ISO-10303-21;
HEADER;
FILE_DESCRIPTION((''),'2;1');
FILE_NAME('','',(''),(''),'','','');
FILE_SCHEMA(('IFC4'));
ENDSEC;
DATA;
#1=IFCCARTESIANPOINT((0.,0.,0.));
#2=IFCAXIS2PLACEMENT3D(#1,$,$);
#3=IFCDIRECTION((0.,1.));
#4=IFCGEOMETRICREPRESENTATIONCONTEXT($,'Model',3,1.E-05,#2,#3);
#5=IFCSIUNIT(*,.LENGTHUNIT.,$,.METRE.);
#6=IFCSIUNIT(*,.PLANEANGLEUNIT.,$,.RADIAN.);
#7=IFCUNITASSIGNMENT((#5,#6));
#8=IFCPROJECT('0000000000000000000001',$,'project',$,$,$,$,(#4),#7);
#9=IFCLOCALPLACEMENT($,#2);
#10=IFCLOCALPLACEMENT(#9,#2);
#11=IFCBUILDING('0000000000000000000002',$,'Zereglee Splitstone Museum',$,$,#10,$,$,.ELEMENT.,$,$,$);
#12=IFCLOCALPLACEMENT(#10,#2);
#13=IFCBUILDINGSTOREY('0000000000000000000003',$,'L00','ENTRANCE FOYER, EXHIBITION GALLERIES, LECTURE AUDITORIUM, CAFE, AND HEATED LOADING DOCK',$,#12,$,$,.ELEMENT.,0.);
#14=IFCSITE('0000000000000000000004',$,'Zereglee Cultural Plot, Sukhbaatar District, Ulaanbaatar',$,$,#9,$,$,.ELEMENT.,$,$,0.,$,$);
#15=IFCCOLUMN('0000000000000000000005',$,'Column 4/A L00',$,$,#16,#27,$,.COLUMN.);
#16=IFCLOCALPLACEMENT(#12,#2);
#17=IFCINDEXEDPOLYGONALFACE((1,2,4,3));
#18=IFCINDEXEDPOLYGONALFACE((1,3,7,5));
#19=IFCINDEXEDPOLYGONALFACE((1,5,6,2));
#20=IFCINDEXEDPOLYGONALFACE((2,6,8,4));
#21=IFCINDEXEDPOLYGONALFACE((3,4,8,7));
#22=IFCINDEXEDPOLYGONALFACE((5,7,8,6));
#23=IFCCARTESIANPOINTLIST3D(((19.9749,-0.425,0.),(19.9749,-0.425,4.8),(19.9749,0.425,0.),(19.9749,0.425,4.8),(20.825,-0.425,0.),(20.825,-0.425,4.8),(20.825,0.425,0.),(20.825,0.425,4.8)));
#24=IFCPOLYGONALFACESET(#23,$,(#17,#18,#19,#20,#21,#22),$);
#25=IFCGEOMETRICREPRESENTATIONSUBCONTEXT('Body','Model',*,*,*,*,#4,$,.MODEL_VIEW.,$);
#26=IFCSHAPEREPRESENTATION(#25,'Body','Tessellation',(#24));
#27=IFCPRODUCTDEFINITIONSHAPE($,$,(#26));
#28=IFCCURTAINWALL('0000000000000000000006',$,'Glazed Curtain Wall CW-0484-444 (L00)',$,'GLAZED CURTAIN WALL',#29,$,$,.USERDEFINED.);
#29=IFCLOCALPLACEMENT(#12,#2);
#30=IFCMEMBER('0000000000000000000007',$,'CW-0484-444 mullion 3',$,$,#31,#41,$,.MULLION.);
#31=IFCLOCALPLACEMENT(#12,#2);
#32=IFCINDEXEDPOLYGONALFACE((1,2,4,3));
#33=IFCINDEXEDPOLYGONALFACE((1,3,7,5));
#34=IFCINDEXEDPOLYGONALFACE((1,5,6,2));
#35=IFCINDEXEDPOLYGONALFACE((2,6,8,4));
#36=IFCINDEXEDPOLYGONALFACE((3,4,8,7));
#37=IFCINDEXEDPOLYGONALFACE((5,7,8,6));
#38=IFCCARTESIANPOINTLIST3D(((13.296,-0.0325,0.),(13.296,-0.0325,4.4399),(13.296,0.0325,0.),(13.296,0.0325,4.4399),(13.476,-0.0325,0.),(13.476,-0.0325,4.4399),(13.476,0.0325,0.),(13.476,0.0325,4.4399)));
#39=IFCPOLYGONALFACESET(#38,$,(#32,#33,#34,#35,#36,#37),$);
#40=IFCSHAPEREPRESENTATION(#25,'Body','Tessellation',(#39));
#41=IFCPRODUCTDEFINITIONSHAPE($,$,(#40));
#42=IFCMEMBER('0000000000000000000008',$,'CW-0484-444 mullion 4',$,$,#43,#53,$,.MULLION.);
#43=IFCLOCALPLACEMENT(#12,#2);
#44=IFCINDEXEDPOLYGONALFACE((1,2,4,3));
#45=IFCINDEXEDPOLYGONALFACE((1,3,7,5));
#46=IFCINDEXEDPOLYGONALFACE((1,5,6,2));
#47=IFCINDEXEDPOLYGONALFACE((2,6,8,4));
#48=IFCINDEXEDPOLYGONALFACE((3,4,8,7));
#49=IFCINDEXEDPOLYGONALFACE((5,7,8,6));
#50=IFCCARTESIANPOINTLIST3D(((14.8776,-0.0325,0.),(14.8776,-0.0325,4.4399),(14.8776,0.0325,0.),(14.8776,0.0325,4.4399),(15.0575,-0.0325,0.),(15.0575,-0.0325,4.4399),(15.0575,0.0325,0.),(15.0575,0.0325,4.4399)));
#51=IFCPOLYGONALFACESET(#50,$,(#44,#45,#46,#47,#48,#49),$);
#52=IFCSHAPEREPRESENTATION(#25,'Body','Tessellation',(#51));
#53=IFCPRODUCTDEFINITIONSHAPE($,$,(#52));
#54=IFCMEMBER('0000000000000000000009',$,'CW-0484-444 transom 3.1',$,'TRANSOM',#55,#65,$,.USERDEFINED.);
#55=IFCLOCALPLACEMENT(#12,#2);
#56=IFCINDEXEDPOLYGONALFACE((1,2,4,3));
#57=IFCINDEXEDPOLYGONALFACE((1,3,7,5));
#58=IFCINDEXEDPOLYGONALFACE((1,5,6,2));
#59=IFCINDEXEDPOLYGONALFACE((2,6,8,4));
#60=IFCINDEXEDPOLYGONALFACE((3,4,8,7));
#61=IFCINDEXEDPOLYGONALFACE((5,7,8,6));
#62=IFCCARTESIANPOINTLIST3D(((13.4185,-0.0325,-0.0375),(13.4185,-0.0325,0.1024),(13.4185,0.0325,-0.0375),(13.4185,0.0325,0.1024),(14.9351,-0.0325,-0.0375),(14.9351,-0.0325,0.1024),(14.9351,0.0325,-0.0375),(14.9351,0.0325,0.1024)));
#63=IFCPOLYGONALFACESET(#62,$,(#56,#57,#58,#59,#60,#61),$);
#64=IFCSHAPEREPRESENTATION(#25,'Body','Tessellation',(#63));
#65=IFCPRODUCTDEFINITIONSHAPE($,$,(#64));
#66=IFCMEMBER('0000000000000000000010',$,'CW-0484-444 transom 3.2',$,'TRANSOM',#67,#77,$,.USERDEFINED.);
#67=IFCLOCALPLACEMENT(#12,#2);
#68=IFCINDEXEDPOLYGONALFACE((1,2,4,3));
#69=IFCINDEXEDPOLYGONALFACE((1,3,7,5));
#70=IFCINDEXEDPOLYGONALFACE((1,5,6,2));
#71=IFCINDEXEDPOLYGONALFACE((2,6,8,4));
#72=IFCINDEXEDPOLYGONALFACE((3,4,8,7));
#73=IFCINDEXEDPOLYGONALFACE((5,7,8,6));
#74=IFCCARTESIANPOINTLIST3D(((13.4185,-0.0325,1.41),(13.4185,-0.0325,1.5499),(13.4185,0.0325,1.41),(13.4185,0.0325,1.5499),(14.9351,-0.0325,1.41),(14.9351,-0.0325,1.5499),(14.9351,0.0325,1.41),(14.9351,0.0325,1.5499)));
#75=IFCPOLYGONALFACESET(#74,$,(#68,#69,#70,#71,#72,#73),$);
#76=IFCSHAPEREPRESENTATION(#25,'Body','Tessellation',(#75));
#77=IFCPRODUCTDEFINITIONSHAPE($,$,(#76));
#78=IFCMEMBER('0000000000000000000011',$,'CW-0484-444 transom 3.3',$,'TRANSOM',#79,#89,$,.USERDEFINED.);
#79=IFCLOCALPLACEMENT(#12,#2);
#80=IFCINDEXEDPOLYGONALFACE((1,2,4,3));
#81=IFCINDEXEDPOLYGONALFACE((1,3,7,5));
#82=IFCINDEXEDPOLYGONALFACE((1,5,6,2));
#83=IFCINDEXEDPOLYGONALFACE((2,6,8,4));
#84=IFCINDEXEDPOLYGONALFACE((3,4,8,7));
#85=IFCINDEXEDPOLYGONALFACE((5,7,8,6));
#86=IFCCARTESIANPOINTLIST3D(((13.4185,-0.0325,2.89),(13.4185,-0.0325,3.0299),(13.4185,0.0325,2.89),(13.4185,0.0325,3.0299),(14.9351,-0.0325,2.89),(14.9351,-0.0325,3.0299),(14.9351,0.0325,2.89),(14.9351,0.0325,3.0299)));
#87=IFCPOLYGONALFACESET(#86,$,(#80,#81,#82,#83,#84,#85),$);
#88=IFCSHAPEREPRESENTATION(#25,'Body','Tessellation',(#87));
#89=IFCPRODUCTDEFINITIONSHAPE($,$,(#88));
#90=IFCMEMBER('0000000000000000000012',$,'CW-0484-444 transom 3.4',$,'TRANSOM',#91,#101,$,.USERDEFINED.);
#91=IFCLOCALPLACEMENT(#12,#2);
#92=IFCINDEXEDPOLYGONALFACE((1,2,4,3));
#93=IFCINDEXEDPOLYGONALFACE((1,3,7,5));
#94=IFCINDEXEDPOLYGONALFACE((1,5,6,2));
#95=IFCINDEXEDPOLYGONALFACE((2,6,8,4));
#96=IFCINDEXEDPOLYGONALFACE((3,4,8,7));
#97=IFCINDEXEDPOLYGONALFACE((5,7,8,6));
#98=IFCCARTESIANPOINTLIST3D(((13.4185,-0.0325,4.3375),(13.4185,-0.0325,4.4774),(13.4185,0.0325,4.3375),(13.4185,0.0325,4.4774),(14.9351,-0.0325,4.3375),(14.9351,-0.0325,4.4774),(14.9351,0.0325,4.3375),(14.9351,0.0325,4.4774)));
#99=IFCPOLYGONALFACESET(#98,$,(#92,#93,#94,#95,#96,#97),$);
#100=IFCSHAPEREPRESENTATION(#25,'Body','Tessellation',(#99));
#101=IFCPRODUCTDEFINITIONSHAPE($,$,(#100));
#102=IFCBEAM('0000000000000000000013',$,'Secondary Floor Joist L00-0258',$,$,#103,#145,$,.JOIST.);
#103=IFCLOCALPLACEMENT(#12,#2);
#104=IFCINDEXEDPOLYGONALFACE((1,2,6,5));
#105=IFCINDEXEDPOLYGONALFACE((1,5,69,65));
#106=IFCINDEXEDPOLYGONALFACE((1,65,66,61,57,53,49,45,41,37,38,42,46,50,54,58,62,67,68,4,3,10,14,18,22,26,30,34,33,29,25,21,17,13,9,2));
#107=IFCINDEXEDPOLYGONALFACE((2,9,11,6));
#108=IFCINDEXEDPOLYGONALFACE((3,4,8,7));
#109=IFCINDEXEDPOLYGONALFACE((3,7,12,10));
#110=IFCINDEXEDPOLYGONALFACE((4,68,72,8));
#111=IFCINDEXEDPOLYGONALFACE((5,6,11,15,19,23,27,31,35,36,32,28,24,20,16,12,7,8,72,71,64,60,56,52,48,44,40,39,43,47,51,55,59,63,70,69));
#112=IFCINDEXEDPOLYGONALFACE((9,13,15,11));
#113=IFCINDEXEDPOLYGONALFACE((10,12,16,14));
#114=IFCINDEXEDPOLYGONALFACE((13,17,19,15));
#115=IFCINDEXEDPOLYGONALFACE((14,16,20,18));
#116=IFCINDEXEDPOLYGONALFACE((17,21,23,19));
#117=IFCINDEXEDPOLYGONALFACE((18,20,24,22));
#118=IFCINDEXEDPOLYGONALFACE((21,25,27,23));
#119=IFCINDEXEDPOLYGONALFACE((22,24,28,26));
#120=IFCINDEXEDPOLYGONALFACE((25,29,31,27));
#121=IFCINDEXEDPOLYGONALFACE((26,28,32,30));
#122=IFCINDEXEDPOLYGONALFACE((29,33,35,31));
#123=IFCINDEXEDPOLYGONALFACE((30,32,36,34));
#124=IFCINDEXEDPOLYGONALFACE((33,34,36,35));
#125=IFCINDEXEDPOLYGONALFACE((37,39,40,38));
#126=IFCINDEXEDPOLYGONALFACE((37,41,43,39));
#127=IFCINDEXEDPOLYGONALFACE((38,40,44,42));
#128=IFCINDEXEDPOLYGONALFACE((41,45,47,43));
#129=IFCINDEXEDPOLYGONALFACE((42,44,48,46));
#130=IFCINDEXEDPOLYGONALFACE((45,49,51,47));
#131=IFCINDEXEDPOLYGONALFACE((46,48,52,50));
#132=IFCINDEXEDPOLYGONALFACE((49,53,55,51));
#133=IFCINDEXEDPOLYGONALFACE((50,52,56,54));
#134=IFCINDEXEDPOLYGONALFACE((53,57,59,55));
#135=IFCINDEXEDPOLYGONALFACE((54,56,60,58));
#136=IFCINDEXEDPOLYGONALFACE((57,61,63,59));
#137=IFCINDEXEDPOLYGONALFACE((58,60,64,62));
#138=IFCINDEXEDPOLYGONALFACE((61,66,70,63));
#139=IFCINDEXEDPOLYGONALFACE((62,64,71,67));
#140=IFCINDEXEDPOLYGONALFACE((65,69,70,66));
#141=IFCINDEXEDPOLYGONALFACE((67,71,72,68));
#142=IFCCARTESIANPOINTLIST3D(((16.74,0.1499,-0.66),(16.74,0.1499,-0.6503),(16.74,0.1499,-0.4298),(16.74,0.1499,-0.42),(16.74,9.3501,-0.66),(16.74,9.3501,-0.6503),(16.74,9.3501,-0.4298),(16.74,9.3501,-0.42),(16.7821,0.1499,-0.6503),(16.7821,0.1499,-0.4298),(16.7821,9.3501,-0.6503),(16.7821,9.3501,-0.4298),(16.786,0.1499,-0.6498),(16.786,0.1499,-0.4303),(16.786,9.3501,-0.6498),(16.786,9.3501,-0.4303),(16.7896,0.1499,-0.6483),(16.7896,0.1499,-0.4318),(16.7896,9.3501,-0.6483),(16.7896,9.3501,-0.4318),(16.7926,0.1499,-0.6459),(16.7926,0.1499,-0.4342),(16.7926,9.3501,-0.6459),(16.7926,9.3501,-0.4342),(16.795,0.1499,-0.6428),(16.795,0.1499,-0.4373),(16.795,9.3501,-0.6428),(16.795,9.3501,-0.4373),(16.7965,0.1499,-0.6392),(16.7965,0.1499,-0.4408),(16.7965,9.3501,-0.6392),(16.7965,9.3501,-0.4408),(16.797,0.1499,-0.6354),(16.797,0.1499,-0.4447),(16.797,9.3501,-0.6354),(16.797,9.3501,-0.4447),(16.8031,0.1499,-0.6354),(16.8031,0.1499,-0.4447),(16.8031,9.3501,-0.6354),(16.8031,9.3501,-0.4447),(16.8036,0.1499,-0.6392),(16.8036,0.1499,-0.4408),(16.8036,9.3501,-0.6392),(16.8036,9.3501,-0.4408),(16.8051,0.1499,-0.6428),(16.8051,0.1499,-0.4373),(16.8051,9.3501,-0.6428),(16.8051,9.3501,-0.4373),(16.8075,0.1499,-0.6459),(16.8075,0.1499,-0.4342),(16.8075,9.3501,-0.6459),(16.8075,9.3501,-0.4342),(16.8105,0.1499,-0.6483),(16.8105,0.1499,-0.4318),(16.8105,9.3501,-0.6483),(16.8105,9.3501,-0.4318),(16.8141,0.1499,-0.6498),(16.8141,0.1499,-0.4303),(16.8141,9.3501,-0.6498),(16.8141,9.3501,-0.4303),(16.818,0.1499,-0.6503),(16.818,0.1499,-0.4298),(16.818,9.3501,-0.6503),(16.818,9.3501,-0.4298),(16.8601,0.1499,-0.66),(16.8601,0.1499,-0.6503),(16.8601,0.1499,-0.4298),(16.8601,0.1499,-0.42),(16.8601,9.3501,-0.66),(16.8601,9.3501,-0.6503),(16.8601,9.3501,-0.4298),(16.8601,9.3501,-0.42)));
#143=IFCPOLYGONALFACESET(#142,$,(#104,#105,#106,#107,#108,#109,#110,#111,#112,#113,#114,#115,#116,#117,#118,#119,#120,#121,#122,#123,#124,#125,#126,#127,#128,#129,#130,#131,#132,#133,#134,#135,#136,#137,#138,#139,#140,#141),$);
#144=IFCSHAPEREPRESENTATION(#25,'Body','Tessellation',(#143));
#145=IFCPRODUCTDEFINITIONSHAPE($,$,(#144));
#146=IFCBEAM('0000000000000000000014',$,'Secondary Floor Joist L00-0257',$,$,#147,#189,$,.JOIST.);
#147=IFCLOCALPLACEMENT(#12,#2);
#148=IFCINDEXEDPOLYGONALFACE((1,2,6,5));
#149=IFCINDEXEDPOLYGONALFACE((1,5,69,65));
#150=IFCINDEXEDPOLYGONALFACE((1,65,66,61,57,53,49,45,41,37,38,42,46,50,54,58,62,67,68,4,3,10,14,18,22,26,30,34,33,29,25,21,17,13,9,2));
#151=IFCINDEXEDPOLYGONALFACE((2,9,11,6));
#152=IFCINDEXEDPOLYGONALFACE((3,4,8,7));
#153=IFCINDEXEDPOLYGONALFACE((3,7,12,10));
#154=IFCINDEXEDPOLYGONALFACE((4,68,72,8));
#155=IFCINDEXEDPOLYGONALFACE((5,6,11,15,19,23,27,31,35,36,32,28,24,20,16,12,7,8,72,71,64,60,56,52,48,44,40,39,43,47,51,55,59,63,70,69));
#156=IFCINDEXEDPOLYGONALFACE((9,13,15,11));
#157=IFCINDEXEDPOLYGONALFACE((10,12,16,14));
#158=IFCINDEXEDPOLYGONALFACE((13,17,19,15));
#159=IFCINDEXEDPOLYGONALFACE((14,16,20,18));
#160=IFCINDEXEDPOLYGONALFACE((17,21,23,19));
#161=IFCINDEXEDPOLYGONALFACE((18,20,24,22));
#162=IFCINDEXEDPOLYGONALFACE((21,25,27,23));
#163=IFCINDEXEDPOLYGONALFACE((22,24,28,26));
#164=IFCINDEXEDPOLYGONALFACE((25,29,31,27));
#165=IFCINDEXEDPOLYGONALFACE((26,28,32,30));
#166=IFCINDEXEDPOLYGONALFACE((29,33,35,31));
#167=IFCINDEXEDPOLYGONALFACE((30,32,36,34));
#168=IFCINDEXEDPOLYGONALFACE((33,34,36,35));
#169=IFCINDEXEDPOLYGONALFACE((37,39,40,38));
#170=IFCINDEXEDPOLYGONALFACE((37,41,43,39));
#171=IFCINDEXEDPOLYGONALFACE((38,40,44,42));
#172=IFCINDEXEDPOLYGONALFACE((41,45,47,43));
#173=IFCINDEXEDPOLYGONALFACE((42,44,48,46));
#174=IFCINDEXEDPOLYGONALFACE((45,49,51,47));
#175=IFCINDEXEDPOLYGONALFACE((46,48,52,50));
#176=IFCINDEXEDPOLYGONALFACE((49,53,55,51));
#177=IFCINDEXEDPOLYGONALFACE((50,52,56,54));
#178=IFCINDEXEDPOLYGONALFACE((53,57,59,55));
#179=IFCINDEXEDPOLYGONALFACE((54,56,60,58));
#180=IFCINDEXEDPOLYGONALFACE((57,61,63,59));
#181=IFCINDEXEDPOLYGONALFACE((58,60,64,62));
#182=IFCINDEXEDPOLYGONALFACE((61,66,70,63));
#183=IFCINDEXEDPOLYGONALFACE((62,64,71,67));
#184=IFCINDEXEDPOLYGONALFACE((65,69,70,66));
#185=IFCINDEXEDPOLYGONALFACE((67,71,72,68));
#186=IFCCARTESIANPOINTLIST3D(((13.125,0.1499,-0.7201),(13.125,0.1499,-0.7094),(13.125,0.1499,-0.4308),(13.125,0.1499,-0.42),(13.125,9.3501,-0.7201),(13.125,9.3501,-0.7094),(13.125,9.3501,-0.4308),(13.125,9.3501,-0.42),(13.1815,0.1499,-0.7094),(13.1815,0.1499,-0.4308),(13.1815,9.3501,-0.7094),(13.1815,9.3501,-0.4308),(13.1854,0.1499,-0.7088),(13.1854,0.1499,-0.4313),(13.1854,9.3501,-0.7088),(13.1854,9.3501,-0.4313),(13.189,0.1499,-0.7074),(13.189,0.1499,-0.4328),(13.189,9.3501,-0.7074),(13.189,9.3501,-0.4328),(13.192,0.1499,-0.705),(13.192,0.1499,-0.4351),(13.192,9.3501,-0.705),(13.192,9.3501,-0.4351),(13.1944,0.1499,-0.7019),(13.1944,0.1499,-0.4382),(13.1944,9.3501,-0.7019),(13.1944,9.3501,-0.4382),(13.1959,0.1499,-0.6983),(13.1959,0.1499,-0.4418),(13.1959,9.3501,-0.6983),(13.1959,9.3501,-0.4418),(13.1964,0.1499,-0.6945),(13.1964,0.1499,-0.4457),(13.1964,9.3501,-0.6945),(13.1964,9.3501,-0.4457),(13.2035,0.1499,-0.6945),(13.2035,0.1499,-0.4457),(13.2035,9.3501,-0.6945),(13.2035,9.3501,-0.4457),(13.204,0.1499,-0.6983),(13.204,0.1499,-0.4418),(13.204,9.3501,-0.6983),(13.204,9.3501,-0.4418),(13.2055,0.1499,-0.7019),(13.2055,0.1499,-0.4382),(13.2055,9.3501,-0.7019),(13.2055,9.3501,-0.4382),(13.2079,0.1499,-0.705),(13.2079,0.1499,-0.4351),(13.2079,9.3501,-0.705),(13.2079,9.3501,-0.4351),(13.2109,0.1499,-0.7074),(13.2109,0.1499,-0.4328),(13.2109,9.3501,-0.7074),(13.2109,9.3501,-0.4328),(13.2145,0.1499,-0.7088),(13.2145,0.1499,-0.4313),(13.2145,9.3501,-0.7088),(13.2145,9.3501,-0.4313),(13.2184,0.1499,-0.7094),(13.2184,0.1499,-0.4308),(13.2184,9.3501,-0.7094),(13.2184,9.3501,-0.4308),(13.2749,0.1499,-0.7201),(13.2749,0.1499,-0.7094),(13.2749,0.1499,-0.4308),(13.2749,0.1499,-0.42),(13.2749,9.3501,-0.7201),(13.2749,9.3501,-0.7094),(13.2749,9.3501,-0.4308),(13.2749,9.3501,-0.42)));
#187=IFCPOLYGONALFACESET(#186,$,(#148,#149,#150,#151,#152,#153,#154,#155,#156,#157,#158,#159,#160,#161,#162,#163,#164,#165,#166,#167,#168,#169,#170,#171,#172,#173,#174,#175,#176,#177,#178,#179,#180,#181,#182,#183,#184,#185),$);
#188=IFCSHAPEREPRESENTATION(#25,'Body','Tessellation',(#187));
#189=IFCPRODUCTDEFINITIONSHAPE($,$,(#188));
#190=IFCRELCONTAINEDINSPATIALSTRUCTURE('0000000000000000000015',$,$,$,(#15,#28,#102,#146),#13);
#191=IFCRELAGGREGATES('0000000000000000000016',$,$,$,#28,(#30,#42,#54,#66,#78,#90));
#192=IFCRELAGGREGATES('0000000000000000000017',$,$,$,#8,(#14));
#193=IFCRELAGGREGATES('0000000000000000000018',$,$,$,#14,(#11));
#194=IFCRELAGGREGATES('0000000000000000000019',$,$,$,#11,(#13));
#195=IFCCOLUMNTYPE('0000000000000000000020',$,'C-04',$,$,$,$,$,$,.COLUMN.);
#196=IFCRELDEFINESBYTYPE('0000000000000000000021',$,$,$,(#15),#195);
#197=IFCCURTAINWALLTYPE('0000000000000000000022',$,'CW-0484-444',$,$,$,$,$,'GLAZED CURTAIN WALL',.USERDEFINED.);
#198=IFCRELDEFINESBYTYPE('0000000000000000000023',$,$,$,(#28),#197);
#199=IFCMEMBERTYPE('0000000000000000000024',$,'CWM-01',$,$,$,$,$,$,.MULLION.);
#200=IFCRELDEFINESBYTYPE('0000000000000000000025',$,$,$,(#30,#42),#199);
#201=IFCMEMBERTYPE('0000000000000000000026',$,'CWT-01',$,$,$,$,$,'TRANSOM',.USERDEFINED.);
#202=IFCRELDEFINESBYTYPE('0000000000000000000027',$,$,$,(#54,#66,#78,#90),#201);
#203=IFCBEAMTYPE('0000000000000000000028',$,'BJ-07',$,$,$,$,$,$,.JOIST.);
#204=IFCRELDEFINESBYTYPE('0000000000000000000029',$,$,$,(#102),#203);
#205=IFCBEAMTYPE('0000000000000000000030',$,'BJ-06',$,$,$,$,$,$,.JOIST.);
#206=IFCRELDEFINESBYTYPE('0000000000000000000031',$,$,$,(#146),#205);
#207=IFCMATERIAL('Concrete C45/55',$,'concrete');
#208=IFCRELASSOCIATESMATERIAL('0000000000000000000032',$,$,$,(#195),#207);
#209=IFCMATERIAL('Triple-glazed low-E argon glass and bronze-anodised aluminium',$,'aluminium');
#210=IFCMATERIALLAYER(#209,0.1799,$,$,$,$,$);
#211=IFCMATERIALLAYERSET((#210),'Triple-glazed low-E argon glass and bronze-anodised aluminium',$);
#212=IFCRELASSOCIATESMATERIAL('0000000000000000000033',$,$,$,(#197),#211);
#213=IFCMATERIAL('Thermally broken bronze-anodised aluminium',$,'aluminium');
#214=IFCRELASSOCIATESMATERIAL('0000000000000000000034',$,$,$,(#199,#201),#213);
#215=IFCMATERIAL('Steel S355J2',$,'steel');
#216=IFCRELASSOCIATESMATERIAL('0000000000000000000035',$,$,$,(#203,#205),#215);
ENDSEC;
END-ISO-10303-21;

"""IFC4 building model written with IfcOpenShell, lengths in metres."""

from ifc_helpers import new_model, si_unit, direction, frame, origin, origin_2d, place, context, subcontext, project, spatial, rectangle, i_section, extrude, material, layer, layer_set, material_profile, profile_set, type_object, element, aggregate, save


model = new_model("IFC4")

# Units and contexts
model_context = context("Model", 3, precision=1e-05, world=origin(), true_north=direction((0.0, 1.0)))
body_context = subcontext(model_context, "Body", "Model", "MODEL_VIEW")
ifc_project = project(units=[si_unit("LENGTHUNIT", "METRE"), si_unit("PLANEANGLEUNIT", "RADIAN")], contexts=[model_context])

# Site, building, storey
site_placement = place(None, origin())
site = spatial("IfcSite", under=ifc_project, at=site_placement, Name="Zereglee Cultural Plot, Sukhbaatar District, Ulaanbaatar", CompositionType="ELEMENT", RefElevation=0.0)
building_placement = place(site_placement, origin())
building = spatial("IfcBuilding", under=site, at=building_placement, Name="Zereglee Splitstone Museum", CompositionType="ELEMENT")
storey_placement = place(building_placement, origin())
storey = spatial("IfcBuildingStorey", under=building, at=storey_placement, Name="L00", Description="ENTRANCE FOYER, EXHIBITION GALLERIES, LECTURE AUDITORIUM, CAFE, AND HEATED LOADING DOCK", CompositionType="ELEMENT", Elevation=0.0)

# Column
ifc_material_1 = material(Name="Concrete C45/55", Category="concrete")
ifc_material_profile_1 = material_profile(ifc_material_1, rectangle(XDim=0.8501, YDim=0.8501, at=origin_2d()), Name="RC 850x850")
ifc_profile_set_1 = profile_set([ifc_material_profile_1], Name="Concrete C45/55")
column_type = type_object("IfcColumnType", Name="C-04", PredefinedType="COLUMN", material=ifc_profile_set_1)
column_placement = place(storey_placement, frame((20.3999, 0.0, 0.0), z_axis=(0.0, 0.0, 1.0), x_axis=(1.0, 0.0, 0.0)))
element("IfcColumn", 1, at=column_placement, inside=storey, type_object=column_type, Name="Column 4/A L00", PredefinedType="COLUMN", context=body_context, shape_type="SweptSolid", body=[
    extrude(rectangle(XDim=0.8501, YDim=0.8501, at=origin_2d()), origin(), (0.0, 0.0, 1.0), 4.8),
])

# Curtain wall, members
ifc_material_2 = material(Name="Triple-glazed low-E argon glass and bronze-anodised aluminium", Category="aluminium")
ifc_layer_1 = layer(ifc_material_2, 0.1799)
ifc_layer_set_1 = layer_set([ifc_layer_1], Name="Triple-glazed low-E argon glass and bronze-anodised aluminium")
curtain_wall_type = type_object("IfcCurtainWallType", Name="CW-0484-444", ElementType="GLAZED CURTAIN WALL", PredefinedType="USERDEFINED", material=ifc_layer_set_1)
curtain_wall_placement = place(storey_placement, origin())
curtain_wall = element("IfcCurtainWall", 2, at=curtain_wall_placement, inside=storey, type_object=curtain_wall_type, Name="Glazed Curtain Wall CW-0484-444 (L00)", ObjectType="GLAZED CURTAIN WALL", PredefinedType="USERDEFINED")
ifc_material_3 = material(Name="Thermally broken bronze-anodised aluminium", Category="aluminium")
ifc_material_profile_2 = material_profile(ifc_material_3, rectangle(XDim=0.0649, YDim=0.1799, at=origin_2d()), Name="CW MULL 65x180")
ifc_profile_set_2 = profile_set([ifc_material_profile_2], Name="Thermally broken bronze-anodised aluminium")
member_type_1 = type_object("IfcMemberType", Name="CWM-01", PredefinedType="MULLION", material=ifc_profile_set_2)
member_1_placement = place(storey_placement, frame((13.386, 0.0, 0.0), z_axis=(0.0, 0.0, 1.0), x_axis=(0.0, 1.0, 0.0)))
member_1 = element("IfcMember", 3, at=member_1_placement, type_object=member_type_1, Name="CW-0484-444 mullion 3", PredefinedType="MULLION", context=body_context, shape_type="SweptSolid", body=[
    extrude(rectangle(XDim=0.0649, YDim=0.1799, at=origin_2d()), origin(), (0.0, 0.0, 1.0), 4.4399),
])
member_2_placement = place(storey_placement, frame((14.9675, 0.0, 0.0), z_axis=(0.0, 0.0, 1.0), x_axis=(0.0, 1.0, 0.0)))
member_2 = element("IfcMember", 4, at=member_2_placement, type_object=member_type_1, Name="CW-0484-444 mullion 4", PredefinedType="MULLION", context=body_context, shape_type="SweptSolid", body=[
    extrude(rectangle(XDim=0.0649, YDim=0.1799, at=origin_2d()), origin(), (0.0, 0.0, 1.0), 4.4399),
])
ifc_material_profile_3 = material_profile(ifc_material_3, rectangle(XDim=0.0649, YDim=0.1399, at=origin_2d()), Name="CW TRAN 65x140")
ifc_profile_set_3 = profile_set([ifc_material_profile_3], Name="Thermally broken bronze-anodised aluminium")
member_type_2 = type_object("IfcMemberType", Name="CWT-01", ElementType="TRANSOM", PredefinedType="USERDEFINED", material=ifc_profile_set_3)
member_3_placement = place(storey_placement, frame((13.4185, 0.0, 0.0325), z_axis=(1.0, 0.0, 0.0), x_axis=(0.0, 1.0, 0.0)))
member_3 = element("IfcMember", 5, at=member_3_placement, type_object=member_type_2, Name="CW-0484-444 transom 3.1", ObjectType="TRANSOM", PredefinedType="USERDEFINED", context=body_context, shape_type="SweptSolid", body=[
    extrude(rectangle(XDim=0.0649, YDim=0.1399, at=origin_2d()), origin(), (0.0, 0.0, 1.0), 1.5166),
])
member_4_placement = place(storey_placement, frame((13.4185, 0.0, 1.48), z_axis=(1.0, 0.0, 0.0), x_axis=(0.0, 1.0, 0.0)))
member_4 = element("IfcMember", 6, at=member_4_placement, type_object=member_type_2, Name="CW-0484-444 transom 3.2", ObjectType="TRANSOM", PredefinedType="USERDEFINED", context=body_context, shape_type="SweptSolid", body=[
    extrude(rectangle(XDim=0.0649, YDim=0.1399, at=origin_2d()), origin(), (0.0, 0.0, 1.0), 1.5166),
])
member_5_placement = place(storey_placement, frame((13.4185, 0.0, 2.96), z_axis=(1.0, 0.0, 0.0), x_axis=(0.0, 1.0, 0.0)))
member_5 = element("IfcMember", 7, at=member_5_placement, type_object=member_type_2, Name="CW-0484-444 transom 3.3", ObjectType="TRANSOM", PredefinedType="USERDEFINED", context=body_context, shape_type="SweptSolid", body=[
    extrude(rectangle(XDim=0.0649, YDim=0.1399, at=origin_2d()), origin(), (0.0, 0.0, 1.0), 1.5166),
])
member_6_placement = place(storey_placement, frame((13.4185, 0.0, 4.4075), z_axis=(1.0, 0.0, 0.0), x_axis=(0.0, 1.0, 0.0)))
member_6 = element("IfcMember", 8, at=member_6_placement, type_object=member_type_2, Name="CW-0484-444 transom 3.4", ObjectType="TRANSOM", PredefinedType="USERDEFINED", context=body_context, shape_type="SweptSolid", body=[
    extrude(rectangle(XDim=0.0649, YDim=0.1399, at=origin_2d()), origin(), (0.0, 0.0, 1.0), 1.5166),
])

# Beams
ifc_material_4 = material(Name="Steel S355J2", Category="steel")
ifc_material_profile_4 = material_profile(ifc_material_4, i_section(OverallWidth=0.1201, OverallDepth=0.24, WebThickness=0.0061, FlangeThickness=0.0098, FilletRadius=0.0149, at=origin_2d()), Name="IPE 240")
ifc_profile_set_4 = profile_set([ifc_material_profile_4], Name="Steel S355J2")
beam_type_1 = type_object("IfcBeamType", Name="BJ-07", PredefinedType="JOIST", material=ifc_profile_set_4)
beam_1_placement = place(storey_placement, frame((16.8, 0.1499, -0.54), z_axis=(0.0, 1.0, 0.0), x_axis=(-1.0, 0.0, 0.0)))
element("IfcBeam", 9, at=beam_1_placement, inside=storey, type_object=beam_type_1, Name="Secondary Floor Joist L00-0258", PredefinedType="JOIST", context=body_context, shape_type="SweptSolid", body=[
    extrude(i_section(OverallWidth=0.1201, OverallDepth=0.24, WebThickness=0.0061, FlangeThickness=0.0098, FilletRadius=0.0149, at=origin_2d()), origin(), (0.0, 0.0, 1.0), 9.2002),
])
ifc_material_profile_5 = material_profile(ifc_material_4, i_section(OverallWidth=0.1499, OverallDepth=0.3, WebThickness=0.0071, FlangeThickness=0.0107, FilletRadius=0.0149, at=origin_2d()), Name="IPE 300")
ifc_profile_set_5 = profile_set([ifc_material_profile_5], Name="Steel S355J2")
beam_type_2 = type_object("IfcBeamType", Name="BJ-06", PredefinedType="JOIST", material=ifc_profile_set_5)
beam_2_placement = place(storey_placement, frame((13.2, 0.1499, -0.5701), z_axis=(0.0, 1.0, 0.0), x_axis=(-1.0, 0.0, 0.0)))
element("IfcBeam", 10, at=beam_2_placement, inside=storey, type_object=beam_type_2, Name="Secondary Floor Joist L00-0257", PredefinedType="JOIST", context=body_context, shape_type="SweptSolid", body=[
    extrude(i_section(OverallWidth=0.1499, OverallDepth=0.3, WebThickness=0.0071, FlangeThickness=0.0107, FilletRadius=0.0149, at=origin_2d()), origin(), (0.0, 0.0, 1.0), 9.2002),
])

aggregate(curtain_wall, [member_1, member_2, member_3, member_4, member_5, member_6])

save(model, "model.ifc")
